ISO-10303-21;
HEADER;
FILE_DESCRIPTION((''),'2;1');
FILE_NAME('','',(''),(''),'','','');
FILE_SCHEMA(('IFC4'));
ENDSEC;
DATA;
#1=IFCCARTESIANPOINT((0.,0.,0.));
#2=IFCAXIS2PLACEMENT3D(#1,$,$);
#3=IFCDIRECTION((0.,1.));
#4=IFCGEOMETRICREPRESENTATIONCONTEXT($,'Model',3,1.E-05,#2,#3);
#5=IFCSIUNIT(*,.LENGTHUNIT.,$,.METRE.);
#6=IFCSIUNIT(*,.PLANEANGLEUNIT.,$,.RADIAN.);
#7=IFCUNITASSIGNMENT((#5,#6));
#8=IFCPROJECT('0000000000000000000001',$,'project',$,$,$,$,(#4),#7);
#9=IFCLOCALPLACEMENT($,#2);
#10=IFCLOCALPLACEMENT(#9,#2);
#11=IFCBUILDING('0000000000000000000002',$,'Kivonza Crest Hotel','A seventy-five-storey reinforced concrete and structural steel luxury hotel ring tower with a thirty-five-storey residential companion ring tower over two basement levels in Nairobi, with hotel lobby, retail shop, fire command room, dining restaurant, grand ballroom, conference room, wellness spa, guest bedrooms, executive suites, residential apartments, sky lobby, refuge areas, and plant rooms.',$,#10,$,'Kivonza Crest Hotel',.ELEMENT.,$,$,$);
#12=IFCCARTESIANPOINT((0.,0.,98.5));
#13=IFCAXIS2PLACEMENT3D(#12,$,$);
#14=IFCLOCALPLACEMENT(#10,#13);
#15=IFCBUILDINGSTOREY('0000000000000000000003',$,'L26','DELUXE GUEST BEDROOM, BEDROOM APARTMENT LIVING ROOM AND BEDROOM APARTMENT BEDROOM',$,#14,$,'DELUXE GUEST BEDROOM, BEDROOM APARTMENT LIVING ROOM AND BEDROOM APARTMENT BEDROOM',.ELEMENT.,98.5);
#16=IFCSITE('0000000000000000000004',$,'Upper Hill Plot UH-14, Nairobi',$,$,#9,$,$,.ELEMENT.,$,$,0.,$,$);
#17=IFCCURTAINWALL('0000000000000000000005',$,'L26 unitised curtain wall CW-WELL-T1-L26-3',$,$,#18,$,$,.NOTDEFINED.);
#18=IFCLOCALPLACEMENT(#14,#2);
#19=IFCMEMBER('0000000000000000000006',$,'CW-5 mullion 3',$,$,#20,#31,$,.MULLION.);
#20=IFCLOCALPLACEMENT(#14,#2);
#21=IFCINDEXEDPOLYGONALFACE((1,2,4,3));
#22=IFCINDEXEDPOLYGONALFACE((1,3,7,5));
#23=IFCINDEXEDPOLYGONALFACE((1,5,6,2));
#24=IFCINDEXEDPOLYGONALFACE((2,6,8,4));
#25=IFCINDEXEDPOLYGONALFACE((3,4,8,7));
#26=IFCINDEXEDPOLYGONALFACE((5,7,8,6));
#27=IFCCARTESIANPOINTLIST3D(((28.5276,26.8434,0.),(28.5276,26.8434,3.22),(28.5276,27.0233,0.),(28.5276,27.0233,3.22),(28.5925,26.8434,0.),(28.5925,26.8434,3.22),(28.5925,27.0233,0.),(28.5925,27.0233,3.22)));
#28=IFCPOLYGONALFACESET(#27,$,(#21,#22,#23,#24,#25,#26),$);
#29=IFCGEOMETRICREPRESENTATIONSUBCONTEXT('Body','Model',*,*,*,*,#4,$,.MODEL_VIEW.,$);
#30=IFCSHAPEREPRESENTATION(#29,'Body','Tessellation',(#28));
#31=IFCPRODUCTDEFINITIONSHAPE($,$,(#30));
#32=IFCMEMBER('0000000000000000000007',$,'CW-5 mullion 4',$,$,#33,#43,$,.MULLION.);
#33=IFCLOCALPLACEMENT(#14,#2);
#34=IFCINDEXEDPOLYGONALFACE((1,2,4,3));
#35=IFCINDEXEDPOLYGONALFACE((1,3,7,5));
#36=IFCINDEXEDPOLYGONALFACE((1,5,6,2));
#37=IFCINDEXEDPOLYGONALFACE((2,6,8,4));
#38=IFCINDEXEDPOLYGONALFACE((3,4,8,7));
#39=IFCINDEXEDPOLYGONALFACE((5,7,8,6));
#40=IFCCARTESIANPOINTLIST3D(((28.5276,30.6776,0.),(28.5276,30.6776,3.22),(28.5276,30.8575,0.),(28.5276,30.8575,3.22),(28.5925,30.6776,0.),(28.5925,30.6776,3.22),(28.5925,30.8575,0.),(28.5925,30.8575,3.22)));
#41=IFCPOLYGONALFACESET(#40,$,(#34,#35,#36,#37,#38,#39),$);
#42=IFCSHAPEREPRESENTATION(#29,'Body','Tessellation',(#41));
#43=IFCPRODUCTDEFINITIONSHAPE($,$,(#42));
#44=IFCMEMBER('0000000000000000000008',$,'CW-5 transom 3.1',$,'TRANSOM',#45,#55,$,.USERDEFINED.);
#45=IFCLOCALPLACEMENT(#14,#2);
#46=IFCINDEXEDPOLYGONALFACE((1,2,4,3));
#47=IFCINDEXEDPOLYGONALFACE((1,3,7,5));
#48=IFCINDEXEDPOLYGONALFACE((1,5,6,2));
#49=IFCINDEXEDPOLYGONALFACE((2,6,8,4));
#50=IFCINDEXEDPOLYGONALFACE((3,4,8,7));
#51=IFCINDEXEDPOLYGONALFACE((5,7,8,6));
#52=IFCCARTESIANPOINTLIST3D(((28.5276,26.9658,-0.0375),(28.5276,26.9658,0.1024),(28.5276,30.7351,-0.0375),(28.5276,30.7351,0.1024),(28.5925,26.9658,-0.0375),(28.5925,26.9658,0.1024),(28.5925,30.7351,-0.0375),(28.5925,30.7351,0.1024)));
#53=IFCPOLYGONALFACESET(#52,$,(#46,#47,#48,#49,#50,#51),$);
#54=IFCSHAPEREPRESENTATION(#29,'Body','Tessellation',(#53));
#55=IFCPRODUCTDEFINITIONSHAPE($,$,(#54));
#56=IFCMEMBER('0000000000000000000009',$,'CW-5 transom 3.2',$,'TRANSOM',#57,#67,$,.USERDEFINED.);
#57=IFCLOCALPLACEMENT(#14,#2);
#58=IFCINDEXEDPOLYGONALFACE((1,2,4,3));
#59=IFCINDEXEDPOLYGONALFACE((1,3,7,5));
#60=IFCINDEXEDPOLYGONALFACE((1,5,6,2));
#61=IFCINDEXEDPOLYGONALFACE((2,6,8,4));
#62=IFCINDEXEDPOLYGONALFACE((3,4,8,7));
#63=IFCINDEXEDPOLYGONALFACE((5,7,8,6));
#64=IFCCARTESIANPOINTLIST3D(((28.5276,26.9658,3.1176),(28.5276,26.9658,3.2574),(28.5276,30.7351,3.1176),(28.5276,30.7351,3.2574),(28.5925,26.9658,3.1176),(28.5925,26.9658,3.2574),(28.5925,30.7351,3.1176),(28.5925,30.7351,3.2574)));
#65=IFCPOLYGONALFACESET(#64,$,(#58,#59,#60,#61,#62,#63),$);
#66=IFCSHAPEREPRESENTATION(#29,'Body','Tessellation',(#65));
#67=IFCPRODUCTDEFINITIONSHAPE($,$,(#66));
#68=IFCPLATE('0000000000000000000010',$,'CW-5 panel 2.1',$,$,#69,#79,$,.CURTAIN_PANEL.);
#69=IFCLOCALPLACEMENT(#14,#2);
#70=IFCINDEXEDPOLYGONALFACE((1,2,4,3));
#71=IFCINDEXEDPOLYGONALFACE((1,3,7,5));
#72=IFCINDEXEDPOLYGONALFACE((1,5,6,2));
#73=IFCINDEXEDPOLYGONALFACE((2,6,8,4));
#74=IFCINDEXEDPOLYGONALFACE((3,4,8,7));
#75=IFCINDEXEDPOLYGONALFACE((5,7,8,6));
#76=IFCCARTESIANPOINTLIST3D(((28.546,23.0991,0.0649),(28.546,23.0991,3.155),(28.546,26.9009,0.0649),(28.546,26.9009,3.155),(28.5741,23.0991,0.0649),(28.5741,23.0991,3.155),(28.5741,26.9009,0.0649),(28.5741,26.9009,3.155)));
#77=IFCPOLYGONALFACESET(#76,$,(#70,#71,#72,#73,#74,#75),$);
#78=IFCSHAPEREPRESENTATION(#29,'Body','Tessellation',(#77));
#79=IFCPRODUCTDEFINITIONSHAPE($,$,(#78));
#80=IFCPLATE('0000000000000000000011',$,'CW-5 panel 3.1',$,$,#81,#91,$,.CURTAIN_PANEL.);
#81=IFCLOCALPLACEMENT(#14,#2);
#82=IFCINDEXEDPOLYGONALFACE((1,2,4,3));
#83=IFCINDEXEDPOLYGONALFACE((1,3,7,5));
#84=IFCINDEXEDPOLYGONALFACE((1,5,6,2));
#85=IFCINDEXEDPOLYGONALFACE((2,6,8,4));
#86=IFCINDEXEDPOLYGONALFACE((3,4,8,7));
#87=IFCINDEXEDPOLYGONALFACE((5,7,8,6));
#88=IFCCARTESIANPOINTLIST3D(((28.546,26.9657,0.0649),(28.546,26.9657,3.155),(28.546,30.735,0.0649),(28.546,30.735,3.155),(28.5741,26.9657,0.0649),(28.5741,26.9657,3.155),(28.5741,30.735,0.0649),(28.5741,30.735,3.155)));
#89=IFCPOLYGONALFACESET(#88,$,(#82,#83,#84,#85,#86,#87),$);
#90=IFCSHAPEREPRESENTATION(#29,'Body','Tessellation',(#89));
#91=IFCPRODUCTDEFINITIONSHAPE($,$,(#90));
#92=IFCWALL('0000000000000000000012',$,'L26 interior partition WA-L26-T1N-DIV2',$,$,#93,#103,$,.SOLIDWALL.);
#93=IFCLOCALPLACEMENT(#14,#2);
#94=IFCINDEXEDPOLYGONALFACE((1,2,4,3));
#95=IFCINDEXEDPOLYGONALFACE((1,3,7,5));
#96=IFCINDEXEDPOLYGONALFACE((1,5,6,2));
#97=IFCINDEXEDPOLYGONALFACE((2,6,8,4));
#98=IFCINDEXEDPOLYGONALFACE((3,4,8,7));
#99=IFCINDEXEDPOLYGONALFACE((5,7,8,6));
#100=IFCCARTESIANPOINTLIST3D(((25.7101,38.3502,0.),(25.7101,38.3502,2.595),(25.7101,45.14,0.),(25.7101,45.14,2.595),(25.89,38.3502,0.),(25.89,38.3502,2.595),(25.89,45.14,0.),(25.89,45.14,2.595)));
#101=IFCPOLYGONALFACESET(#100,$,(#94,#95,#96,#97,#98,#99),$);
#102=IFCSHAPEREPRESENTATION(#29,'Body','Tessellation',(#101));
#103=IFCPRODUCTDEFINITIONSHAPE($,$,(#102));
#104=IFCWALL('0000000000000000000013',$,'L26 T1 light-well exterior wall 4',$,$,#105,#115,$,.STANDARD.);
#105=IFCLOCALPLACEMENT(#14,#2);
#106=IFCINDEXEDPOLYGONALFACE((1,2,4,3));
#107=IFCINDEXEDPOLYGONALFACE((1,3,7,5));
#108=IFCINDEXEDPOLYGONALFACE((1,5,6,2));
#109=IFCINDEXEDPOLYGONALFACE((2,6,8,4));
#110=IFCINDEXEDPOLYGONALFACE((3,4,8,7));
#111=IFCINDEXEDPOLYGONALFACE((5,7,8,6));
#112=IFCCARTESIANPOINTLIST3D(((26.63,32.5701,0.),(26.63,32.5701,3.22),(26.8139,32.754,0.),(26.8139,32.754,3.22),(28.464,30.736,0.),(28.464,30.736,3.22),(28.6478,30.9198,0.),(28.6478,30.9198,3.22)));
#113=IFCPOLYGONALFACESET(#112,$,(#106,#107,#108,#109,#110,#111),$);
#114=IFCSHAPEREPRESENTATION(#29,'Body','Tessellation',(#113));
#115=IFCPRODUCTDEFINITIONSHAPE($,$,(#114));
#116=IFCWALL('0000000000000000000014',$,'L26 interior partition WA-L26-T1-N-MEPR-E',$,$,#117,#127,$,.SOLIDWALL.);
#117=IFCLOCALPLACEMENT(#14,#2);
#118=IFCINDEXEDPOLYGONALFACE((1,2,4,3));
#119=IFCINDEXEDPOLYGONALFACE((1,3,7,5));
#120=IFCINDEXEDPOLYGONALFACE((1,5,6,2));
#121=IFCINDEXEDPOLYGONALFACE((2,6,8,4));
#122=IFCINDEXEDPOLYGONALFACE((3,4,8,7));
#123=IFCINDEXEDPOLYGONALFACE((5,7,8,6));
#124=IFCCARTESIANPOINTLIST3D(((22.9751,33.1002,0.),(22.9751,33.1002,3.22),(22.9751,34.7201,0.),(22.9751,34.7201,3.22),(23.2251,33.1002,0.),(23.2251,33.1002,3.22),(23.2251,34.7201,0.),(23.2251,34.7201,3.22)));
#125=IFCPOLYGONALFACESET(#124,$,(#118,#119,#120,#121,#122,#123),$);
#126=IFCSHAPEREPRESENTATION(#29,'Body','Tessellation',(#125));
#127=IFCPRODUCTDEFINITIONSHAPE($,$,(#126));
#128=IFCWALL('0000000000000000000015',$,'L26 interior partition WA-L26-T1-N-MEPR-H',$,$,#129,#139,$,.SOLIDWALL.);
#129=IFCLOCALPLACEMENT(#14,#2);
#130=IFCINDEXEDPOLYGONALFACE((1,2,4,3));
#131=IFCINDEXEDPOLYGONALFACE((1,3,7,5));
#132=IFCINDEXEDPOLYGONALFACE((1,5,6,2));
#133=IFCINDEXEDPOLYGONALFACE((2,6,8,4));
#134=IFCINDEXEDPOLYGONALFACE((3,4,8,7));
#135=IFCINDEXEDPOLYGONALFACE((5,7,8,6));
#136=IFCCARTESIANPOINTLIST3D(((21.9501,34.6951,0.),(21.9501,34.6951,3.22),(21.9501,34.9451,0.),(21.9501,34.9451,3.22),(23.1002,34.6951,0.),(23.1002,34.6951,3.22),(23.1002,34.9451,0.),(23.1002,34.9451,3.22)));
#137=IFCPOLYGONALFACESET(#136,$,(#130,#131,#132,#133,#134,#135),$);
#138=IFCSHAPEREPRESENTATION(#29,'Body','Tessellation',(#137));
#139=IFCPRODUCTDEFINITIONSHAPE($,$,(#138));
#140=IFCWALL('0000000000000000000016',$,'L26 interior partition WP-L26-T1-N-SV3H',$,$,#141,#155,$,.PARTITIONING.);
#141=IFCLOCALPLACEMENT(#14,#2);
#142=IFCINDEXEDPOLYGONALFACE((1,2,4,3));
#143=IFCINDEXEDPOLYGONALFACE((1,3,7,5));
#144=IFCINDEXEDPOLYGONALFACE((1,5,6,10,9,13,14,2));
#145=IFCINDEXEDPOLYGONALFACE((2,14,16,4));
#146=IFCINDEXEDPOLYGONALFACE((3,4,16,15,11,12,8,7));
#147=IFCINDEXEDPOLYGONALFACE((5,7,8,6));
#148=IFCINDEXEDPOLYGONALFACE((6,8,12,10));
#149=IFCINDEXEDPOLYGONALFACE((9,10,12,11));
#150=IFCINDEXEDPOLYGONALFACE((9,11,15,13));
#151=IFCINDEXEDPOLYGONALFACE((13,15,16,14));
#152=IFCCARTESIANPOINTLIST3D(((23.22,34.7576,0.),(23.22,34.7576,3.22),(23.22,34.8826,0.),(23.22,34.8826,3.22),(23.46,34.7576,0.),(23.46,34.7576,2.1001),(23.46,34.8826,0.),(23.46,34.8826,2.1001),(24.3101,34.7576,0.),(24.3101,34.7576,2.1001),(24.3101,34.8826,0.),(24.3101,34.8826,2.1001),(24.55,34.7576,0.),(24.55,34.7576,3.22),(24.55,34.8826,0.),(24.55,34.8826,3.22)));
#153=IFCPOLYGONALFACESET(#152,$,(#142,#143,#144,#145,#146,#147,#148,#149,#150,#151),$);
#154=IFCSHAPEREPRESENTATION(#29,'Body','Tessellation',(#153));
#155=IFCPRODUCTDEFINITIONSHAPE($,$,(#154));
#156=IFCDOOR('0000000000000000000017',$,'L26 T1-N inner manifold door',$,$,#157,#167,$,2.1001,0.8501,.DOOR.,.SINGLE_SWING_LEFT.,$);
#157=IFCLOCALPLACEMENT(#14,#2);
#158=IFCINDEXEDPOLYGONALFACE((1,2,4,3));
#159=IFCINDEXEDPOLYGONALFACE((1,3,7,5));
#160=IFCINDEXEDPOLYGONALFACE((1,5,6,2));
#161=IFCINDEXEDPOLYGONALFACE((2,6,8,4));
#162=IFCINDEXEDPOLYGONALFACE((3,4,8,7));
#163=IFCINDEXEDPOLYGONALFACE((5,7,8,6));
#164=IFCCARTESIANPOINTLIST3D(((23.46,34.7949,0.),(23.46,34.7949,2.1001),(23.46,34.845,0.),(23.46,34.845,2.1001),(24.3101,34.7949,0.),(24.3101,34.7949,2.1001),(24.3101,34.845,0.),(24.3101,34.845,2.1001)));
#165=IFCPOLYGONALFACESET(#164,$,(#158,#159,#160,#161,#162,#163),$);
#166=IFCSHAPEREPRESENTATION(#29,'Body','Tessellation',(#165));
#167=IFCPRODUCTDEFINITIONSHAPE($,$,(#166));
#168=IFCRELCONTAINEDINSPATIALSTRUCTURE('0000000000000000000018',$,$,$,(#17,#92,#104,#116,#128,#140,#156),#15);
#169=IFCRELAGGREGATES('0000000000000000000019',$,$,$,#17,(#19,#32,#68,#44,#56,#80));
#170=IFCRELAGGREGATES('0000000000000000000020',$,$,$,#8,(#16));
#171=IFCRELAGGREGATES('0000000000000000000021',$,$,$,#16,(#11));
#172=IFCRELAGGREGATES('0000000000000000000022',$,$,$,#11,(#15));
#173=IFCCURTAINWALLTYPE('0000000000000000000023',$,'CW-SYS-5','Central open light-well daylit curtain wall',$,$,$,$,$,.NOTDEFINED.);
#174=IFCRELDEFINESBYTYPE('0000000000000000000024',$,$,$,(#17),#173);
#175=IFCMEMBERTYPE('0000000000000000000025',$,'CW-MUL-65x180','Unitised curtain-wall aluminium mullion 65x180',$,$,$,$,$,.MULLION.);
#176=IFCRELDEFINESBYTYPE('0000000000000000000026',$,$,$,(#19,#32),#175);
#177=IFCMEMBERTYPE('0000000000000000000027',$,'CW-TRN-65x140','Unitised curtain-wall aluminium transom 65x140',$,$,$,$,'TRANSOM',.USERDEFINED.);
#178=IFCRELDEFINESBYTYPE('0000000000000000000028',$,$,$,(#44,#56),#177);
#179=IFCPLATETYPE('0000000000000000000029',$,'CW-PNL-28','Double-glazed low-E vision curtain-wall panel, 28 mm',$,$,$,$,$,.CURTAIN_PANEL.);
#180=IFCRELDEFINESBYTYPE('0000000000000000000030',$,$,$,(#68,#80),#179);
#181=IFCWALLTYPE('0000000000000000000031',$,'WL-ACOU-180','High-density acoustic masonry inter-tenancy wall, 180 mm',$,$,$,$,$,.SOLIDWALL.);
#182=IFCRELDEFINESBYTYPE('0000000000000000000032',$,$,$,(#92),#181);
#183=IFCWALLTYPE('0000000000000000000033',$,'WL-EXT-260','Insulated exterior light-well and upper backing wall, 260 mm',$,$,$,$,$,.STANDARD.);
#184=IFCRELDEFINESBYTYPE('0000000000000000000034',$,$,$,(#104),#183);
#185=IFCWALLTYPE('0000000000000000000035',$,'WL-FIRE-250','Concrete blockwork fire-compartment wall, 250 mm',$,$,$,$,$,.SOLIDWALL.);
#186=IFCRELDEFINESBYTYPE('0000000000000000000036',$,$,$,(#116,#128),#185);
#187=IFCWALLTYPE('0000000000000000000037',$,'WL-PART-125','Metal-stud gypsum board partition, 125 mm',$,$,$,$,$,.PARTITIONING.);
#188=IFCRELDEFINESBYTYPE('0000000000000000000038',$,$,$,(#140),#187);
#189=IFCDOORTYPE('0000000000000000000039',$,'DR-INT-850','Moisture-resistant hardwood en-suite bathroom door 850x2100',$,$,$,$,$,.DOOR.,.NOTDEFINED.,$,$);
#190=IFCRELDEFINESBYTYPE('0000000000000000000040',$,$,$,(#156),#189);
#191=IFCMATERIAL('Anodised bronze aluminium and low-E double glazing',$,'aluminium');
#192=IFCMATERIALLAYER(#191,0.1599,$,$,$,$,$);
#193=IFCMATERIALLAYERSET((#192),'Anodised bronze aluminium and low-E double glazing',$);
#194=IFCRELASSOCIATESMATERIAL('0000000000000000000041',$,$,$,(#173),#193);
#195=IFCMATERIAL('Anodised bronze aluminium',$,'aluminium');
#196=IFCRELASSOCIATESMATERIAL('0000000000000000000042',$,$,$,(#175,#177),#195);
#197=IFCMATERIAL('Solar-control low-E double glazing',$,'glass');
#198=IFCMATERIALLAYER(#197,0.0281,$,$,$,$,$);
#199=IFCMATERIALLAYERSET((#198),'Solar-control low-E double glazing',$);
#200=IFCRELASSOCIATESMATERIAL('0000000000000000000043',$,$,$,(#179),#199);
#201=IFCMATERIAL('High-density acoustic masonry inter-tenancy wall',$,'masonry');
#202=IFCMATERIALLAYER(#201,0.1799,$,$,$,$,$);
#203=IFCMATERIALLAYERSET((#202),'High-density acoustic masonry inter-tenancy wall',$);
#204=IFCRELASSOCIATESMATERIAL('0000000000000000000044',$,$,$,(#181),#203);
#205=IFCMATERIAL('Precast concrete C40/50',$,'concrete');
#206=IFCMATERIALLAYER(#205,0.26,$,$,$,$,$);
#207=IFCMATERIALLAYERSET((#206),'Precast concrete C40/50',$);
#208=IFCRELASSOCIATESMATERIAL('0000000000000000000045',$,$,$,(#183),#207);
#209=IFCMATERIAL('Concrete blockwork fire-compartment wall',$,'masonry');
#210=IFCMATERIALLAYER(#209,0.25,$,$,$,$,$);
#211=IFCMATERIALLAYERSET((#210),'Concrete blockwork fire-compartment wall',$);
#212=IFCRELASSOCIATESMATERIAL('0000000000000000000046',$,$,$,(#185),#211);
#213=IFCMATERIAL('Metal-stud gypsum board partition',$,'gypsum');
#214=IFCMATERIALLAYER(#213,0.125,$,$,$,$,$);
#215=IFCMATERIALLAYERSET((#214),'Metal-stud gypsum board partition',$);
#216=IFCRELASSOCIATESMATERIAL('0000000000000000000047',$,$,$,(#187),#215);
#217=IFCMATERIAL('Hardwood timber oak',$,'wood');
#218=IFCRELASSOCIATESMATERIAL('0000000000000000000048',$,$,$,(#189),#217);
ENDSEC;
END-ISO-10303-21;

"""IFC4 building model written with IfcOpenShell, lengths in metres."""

from ifc_helpers import new_model, si_unit, direction, frame, frame_2d, origin, origin_2d, place, context, subcontext, project, spatial, rectangle, extrude, material, layer, layer_set, material_profile, profile_set, type_object, element, fill, aggregate, save


model = new_model("IFC4")

# Units and contexts
model_context = context("Model", 3, precision=1e-05, world=origin(), true_north=direction((0.0, 1.0)))
body_context = subcontext(model_context, "Body", "Model", "MODEL_VIEW")
ifc_project = project(units=[si_unit("LENGTHUNIT", "METRE"), si_unit("PLANEANGLEUNIT", "RADIAN")], contexts=[model_context])

# Site, building, storey
site_placement = place(None, origin())
site = spatial("IfcSite", under=ifc_project, at=site_placement, Name="Upper Hill Plot UH-14, Nairobi", CompositionType="ELEMENT", RefElevation=0.0)
building_placement = place(site_placement, origin())
building = spatial("IfcBuilding", under=site, at=building_placement, Name="Kivonza Crest Hotel", Description="A seventy-five-storey reinforced concrete and structural steel luxury hotel ring tower with a thirty-five-storey residential companion ring tower over two basement levels in Nairobi, with hotel lobby, retail shop, fire command room, dining restaurant, grand ballroom, conference room, wellness spa, guest bedrooms, executive suites, residential apartments, sky lobby, refuge areas, and plant rooms.", LongName="Kivonza Crest Hotel", CompositionType="ELEMENT")
storey_placement = place(building_placement, frame((0.0, 0.0, 98.5)))
storey = spatial("IfcBuildingStorey", under=building, at=storey_placement, Name="L26", Description="DELUXE GUEST BEDROOM, BEDROOM APARTMENT LIVING ROOM AND BEDROOM APARTMENT BEDROOM", LongName="DELUXE GUEST BEDROOM, BEDROOM APARTMENT LIVING ROOM AND BEDROOM APARTMENT BEDROOM", CompositionType="ELEMENT", Elevation=98.5)

# Curtain wall, members, plates
ifc_material_1 = material(Name="Anodised bronze aluminium and low-E double glazing", Category="aluminium")
ifc_layer_1 = layer(ifc_material_1, 0.1599)
ifc_layer_set_1 = layer_set([ifc_layer_1], Name="Anodised bronze aluminium and low-E double glazing")
curtain_wall_type = type_object("IfcCurtainWallType", Name="CW-SYS-5", Description="Central open light-well daylit curtain wall", PredefinedType="NOTDEFINED", material=ifc_layer_set_1)
curtain_wall_placement = place(storey_placement, origin())
curtain_wall = element("IfcCurtainWall", 1, at=curtain_wall_placement, inside=storey, type_object=curtain_wall_type, Name="L26 unitised curtain wall CW-WELL-T1-L26-3", PredefinedType="NOTDEFINED")
ifc_material_2 = material(Name="Anodised bronze aluminium", Category="aluminium")
ifc_material_profile_1 = material_profile(ifc_material_2, rectangle(XDim=0.0649, YDim=0.1799, at=origin_2d()), Name="CW-M 65x180")
ifc_profile_set_1 = profile_set([ifc_material_profile_1], Name="Anodised bronze aluminium")
member_type_1 = type_object("IfcMemberType", Name="CW-MUL-65x180", Description="Unitised curtain-wall aluminium mullion 65x180", PredefinedType="MULLION", material=ifc_profile_set_1)
member_1_placement = place(storey_placement, frame((28.5601, 26.9333, 0.0), z_axis=(0.0, 0.0, 1.0), x_axis=(-1.0, 0.0, 0.0)))
member_1 = element("IfcMember", 2, at=member_1_placement, type_object=member_type_1, Name="CW-5 mullion 3", PredefinedType="MULLION", context=body_context, shape_type="SweptSolid", body=[
    extrude(rectangle(XDim=0.0649, YDim=0.1799, at=origin_2d()), origin(), (0.0, 0.0, 1.0), 3.22),
])
member_2_placement = place(storey_placement, frame((28.5601, 30.7676, 0.0), z_axis=(0.0, 0.0, 1.0), x_axis=(-1.0, 0.0, 0.0)))
member_2 = element("IfcMember", 3, at=member_2_placement, type_object=member_type_1, Name="CW-5 mullion 4", PredefinedType="MULLION", context=body_context, shape_type="SweptSolid", body=[
    extrude(rectangle(XDim=0.0649, YDim=0.1799, at=origin_2d()), origin(), (0.0, 0.0, 1.0), 3.22),
])
ifc_material_profile_2 = material_profile(ifc_material_2, rectangle(XDim=0.0649, YDim=0.1399, at=origin_2d()), Name="CW-T 65x140")
ifc_profile_set_2 = profile_set([ifc_material_profile_2], Name="Anodised bronze aluminium")
member_type_2 = type_object("IfcMemberType", Name="CW-TRN-65x140", Description="Unitised curtain-wall aluminium transom 65x140", ElementType="TRANSOM", PredefinedType="USERDEFINED", material=ifc_profile_set_2)
member_3_placement = place(storey_placement, frame((28.5601, 26.9658, 0.0325), z_axis=(0.0, 1.0, 0.0), x_axis=(-1.0, 0.0, 0.0)))
member_3 = element("IfcMember", 4, at=member_3_placement, type_object=member_type_2, Name="CW-5 transom 3.1", ObjectType="TRANSOM", PredefinedType="USERDEFINED", context=body_context, shape_type="SweptSolid", body=[
    extrude(rectangle(XDim=0.0649, YDim=0.1399, at=origin_2d()), origin(), (0.0, 0.0, 1.0), 3.7693),
])
member_4_placement = place(storey_placement, frame((28.5601, 26.9658, 3.1875), z_axis=(0.0, 1.0, 0.0), x_axis=(-1.0, 0.0, 0.0)))
member_4 = element("IfcMember", 5, at=member_4_placement, type_object=member_type_2, Name="CW-5 transom 3.2", ObjectType="TRANSOM", PredefinedType="USERDEFINED", context=body_context, shape_type="SweptSolid", body=[
    extrude(rectangle(XDim=0.0649, YDim=0.1399, at=origin_2d()), origin(), (0.0, 0.0, 1.0), 3.7693),
])
ifc_material_3 = material(Name="Solar-control low-E double glazing", Category="glass")
ifc_layer_2 = layer(ifc_material_3, 0.0281)
ifc_layer_set_2 = layer_set([ifc_layer_2], Name="Solar-control low-E double glazing")
plate_type = type_object("IfcPlateType", Name="CW-PNL-28", Description="Double-glazed low-E vision curtain-wall panel, 28 mm", PredefinedType="CURTAIN_PANEL", material=ifc_layer_set_2)
plate_1_placement = place(storey_placement, frame((28.5601, 25.0, 0.0649), z_axis=(0.0, 0.0, 1.0), x_axis=(0.0, 1.0, 0.0)))
plate_1 = element("IfcPlate", 6, at=plate_1_placement, type_object=plate_type, Name="CW-5 panel 2.1", PredefinedType="CURTAIN_PANEL", context=body_context, shape_type="SweptSolid", body=[
    extrude(rectangle(XDim=3.8018, YDim=0.0281, at=origin_2d()), origin(), (0.0, 0.0, 1.0), 3.0901),
])
plate_2_placement = place(storey_placement, frame((28.5601, 28.8503, 0.0649), z_axis=(0.0, 0.0, 1.0), x_axis=(0.0, 1.0, 0.0)))
plate_2 = element("IfcPlate", 7, at=plate_2_placement, type_object=plate_type, Name="CW-5 panel 3.1", PredefinedType="CURTAIN_PANEL", context=body_context, shape_type="SweptSolid", body=[
    extrude(rectangle(XDim=3.7693, YDim=0.0281, at=origin_2d()), origin(), (0.0, 0.0, 1.0), 3.0901),
])
aggregate(curtain_wall, [member_1, member_2, plate_1, member_3, member_4, plate_2])

# Walls
ifc_material_4 = material(Name="High-density acoustic masonry inter-tenancy wall", Category="masonry")
ifc_layer_3 = layer(ifc_material_4, 0.1799)
ifc_layer_set_3 = layer_set([ifc_layer_3], Name="High-density acoustic masonry inter-tenancy wall")
wall_type_1 = type_object("IfcWallType", Name="WL-ACOU-180", Description="High-density acoustic masonry inter-tenancy wall, 180 mm", PredefinedType="SOLIDWALL", material=ifc_layer_set_3)
wall_1_placement = place(storey_placement, frame((25.8, 38.3501, 0.0), z_axis=(0.0, 0.0, 1.0), x_axis=(0.0, 1.0, 0.0)))
element("IfcWall", 8, at=wall_1_placement, inside=storey, type_object=wall_type_1, Name="L26 interior partition WA-L26-T1N-DIV2", PredefinedType="SOLIDWALL", context=body_context, shape_type="SweptSolid", body=[
    extrude(rectangle(XDim=6.7898, YDim=0.1799, at=frame_2d((3.395, 0.0))), origin(), (0.0, 0.0, 1.0), 2.595),
])
ifc_material_5 = material(Name="Precast concrete C40/50", Category="concrete")
ifc_layer_4 = layer(ifc_material_5, 0.26)
ifc_layer_set_4 = layer_set([ifc_layer_4], Name="Precast concrete C40/50")
wall_type_2 = type_object("IfcWallType", Name="WL-EXT-260", Description="Insulated exterior light-well and upper backing wall, 260 mm", PredefinedType="STANDARD", material=ifc_layer_set_4)
wall_2_placement = place(storey_placement, frame((28.5559, 30.8279, 0.0), z_axis=(0.0, 0.0, 1.0), x_axis=(-0.70706, 0.707154, 0.0)))
element("IfcWall", 9, at=wall_2_placement, inside=storey, type_object=wall_type_2, Name="L26 T1 light-well exterior wall 4", PredefinedType="STANDARD", context=body_context, shape_type="SweptSolid", body=[
    extrude(rectangle(XDim=2.5938, YDim=0.26, at=frame_2d((1.2969, 0.0))), origin(), (0.0, 0.0, 1.0), 3.22),
])
ifc_material_6 = material(Name="Concrete blockwork fire-compartment wall", Category="masonry")
ifc_layer_5 = layer(ifc_material_6, 0.25)
ifc_layer_set_5 = layer_set([ifc_layer_5], Name="Concrete blockwork fire-compartment wall")
wall_type_3 = type_object("IfcWallType", Name="WL-FIRE-250", Description="Concrete blockwork fire-compartment wall, 250 mm", PredefinedType="SOLIDWALL", material=ifc_layer_set_5)
wall_3_placement = place(storey_placement, frame((23.1001, 33.1001, 0.0), z_axis=(0.0, 0.0, 1.0), x_axis=(0.0, 1.0, 0.0)))
element("IfcWall", 10, at=wall_3_placement, inside=storey, type_object=wall_type_3, Name="L26 interior partition WA-L26-T1-N-MEPR-E", PredefinedType="SOLIDWALL", context=body_context, shape_type="SweptSolid", body=[
    extrude(rectangle(XDim=1.6199, YDim=0.25, at=frame_2d((0.8101, 0.0))), origin(), (0.0, 0.0, 1.0), 3.22),
])
wall_4_placement = place(storey_placement, frame((21.95, 34.8201, 0.0), z_axis=(0.0, 0.0, 1.0), x_axis=(1.0, 0.0, 0.0)))
element("IfcWall", 11, at=wall_4_placement, inside=storey, type_object=wall_type_3, Name="L26 interior partition WA-L26-T1-N-MEPR-H", PredefinedType="SOLIDWALL", context=body_context, shape_type="SweptSolid", body=[
    extrude(rectangle(XDim=1.1501, YDim=0.25, at=frame_2d((0.5752, 0.0))), origin(), (0.0, 0.0, 1.0), 3.22),
])

# Wall, opening, door
ifc_material_7 = material(Name="Metal-stud gypsum board partition", Category="gypsum")
ifc_layer_6 = layer(ifc_material_7, 0.125)
ifc_layer_set_6 = layer_set([ifc_layer_6], Name="Metal-stud gypsum board partition")
wall_type_4 = type_object("IfcWallType", Name="WL-PART-125", Description="Metal-stud gypsum board partition, 125 mm", PredefinedType="PARTITIONING", material=ifc_layer_set_6)
wall_5_placement = place(storey_placement, frame((23.22, 34.8201, 0.0), z_axis=(0.0, 0.0, 1.0), x_axis=(1.0, 0.0, 0.0)))
wall_5 = element("IfcWall", 12, at=wall_5_placement, inside=storey, type_object=wall_type_4, Name="L26 interior partition WP-L26-T1-N-SV3H", PredefinedType="PARTITIONING", context=body_context, shape_type="SweptSolid", body=[
    extrude(rectangle(XDim=1.3301, YDim=0.125, at=frame_2d((0.665, 0.0))), origin(), (0.0, 0.0, 1.0), 3.22),
])
opening_1_placement = place(wall_5_placement, frame((0.24, 0.0, 0.0)))
opening_1 = element("IfcOpeningElement", 13, at=opening_1_placement, cuts=wall_5, PredefinedType="OPENING", context=body_context, shape_type="SweptSolid", body=[
    extrude(rectangle(XDim=0.8501, YDim=2.1001, at=frame_2d((0.425, 1.05))), frame((0.0, 0.0725, 0.0), z_axis=(0.0, -1.0, 0.0), x_axis=(1.0, 0.0, 0.0)), (0.0, 0.0, 1.0), 0.145),
])
ifc_material_8 = material(Name="Hardwood timber oak", Category="wood")
door_type_1 = type_object("IfcDoorType", Name="DR-INT-850", Description="Moisture-resistant hardwood en-suite bathroom door 850x2100", OperationType="NOTDEFINED", PredefinedType="DOOR", material=ifc_material_8)
door_1_placement = place(opening_1_placement, origin())
door_1 = element("IfcDoor", 14, at=door_1_placement, inside=storey, type_object=door_type_1, Name="L26 T1-N inner manifold door", OperationType="SINGLE_SWING_LEFT", OverallHeight=2.1001, OverallWidth=0.8501, PredefinedType="DOOR", context=body_context, shape_type="SweptSolid", body=[
    extrude(rectangle(XDim=0.8501, YDim=2.1001, at=frame_2d((0.425, 1.05))), frame((0.0, 0.0249, 0.0), z_axis=(0.0, -1.0, 0.0), x_axis=(1.0, 0.0, 0.0)), (0.0, 0.0, 1.0), 0.05),
])
fill(opening_1, door_1)

save(model, "model.ifc")
